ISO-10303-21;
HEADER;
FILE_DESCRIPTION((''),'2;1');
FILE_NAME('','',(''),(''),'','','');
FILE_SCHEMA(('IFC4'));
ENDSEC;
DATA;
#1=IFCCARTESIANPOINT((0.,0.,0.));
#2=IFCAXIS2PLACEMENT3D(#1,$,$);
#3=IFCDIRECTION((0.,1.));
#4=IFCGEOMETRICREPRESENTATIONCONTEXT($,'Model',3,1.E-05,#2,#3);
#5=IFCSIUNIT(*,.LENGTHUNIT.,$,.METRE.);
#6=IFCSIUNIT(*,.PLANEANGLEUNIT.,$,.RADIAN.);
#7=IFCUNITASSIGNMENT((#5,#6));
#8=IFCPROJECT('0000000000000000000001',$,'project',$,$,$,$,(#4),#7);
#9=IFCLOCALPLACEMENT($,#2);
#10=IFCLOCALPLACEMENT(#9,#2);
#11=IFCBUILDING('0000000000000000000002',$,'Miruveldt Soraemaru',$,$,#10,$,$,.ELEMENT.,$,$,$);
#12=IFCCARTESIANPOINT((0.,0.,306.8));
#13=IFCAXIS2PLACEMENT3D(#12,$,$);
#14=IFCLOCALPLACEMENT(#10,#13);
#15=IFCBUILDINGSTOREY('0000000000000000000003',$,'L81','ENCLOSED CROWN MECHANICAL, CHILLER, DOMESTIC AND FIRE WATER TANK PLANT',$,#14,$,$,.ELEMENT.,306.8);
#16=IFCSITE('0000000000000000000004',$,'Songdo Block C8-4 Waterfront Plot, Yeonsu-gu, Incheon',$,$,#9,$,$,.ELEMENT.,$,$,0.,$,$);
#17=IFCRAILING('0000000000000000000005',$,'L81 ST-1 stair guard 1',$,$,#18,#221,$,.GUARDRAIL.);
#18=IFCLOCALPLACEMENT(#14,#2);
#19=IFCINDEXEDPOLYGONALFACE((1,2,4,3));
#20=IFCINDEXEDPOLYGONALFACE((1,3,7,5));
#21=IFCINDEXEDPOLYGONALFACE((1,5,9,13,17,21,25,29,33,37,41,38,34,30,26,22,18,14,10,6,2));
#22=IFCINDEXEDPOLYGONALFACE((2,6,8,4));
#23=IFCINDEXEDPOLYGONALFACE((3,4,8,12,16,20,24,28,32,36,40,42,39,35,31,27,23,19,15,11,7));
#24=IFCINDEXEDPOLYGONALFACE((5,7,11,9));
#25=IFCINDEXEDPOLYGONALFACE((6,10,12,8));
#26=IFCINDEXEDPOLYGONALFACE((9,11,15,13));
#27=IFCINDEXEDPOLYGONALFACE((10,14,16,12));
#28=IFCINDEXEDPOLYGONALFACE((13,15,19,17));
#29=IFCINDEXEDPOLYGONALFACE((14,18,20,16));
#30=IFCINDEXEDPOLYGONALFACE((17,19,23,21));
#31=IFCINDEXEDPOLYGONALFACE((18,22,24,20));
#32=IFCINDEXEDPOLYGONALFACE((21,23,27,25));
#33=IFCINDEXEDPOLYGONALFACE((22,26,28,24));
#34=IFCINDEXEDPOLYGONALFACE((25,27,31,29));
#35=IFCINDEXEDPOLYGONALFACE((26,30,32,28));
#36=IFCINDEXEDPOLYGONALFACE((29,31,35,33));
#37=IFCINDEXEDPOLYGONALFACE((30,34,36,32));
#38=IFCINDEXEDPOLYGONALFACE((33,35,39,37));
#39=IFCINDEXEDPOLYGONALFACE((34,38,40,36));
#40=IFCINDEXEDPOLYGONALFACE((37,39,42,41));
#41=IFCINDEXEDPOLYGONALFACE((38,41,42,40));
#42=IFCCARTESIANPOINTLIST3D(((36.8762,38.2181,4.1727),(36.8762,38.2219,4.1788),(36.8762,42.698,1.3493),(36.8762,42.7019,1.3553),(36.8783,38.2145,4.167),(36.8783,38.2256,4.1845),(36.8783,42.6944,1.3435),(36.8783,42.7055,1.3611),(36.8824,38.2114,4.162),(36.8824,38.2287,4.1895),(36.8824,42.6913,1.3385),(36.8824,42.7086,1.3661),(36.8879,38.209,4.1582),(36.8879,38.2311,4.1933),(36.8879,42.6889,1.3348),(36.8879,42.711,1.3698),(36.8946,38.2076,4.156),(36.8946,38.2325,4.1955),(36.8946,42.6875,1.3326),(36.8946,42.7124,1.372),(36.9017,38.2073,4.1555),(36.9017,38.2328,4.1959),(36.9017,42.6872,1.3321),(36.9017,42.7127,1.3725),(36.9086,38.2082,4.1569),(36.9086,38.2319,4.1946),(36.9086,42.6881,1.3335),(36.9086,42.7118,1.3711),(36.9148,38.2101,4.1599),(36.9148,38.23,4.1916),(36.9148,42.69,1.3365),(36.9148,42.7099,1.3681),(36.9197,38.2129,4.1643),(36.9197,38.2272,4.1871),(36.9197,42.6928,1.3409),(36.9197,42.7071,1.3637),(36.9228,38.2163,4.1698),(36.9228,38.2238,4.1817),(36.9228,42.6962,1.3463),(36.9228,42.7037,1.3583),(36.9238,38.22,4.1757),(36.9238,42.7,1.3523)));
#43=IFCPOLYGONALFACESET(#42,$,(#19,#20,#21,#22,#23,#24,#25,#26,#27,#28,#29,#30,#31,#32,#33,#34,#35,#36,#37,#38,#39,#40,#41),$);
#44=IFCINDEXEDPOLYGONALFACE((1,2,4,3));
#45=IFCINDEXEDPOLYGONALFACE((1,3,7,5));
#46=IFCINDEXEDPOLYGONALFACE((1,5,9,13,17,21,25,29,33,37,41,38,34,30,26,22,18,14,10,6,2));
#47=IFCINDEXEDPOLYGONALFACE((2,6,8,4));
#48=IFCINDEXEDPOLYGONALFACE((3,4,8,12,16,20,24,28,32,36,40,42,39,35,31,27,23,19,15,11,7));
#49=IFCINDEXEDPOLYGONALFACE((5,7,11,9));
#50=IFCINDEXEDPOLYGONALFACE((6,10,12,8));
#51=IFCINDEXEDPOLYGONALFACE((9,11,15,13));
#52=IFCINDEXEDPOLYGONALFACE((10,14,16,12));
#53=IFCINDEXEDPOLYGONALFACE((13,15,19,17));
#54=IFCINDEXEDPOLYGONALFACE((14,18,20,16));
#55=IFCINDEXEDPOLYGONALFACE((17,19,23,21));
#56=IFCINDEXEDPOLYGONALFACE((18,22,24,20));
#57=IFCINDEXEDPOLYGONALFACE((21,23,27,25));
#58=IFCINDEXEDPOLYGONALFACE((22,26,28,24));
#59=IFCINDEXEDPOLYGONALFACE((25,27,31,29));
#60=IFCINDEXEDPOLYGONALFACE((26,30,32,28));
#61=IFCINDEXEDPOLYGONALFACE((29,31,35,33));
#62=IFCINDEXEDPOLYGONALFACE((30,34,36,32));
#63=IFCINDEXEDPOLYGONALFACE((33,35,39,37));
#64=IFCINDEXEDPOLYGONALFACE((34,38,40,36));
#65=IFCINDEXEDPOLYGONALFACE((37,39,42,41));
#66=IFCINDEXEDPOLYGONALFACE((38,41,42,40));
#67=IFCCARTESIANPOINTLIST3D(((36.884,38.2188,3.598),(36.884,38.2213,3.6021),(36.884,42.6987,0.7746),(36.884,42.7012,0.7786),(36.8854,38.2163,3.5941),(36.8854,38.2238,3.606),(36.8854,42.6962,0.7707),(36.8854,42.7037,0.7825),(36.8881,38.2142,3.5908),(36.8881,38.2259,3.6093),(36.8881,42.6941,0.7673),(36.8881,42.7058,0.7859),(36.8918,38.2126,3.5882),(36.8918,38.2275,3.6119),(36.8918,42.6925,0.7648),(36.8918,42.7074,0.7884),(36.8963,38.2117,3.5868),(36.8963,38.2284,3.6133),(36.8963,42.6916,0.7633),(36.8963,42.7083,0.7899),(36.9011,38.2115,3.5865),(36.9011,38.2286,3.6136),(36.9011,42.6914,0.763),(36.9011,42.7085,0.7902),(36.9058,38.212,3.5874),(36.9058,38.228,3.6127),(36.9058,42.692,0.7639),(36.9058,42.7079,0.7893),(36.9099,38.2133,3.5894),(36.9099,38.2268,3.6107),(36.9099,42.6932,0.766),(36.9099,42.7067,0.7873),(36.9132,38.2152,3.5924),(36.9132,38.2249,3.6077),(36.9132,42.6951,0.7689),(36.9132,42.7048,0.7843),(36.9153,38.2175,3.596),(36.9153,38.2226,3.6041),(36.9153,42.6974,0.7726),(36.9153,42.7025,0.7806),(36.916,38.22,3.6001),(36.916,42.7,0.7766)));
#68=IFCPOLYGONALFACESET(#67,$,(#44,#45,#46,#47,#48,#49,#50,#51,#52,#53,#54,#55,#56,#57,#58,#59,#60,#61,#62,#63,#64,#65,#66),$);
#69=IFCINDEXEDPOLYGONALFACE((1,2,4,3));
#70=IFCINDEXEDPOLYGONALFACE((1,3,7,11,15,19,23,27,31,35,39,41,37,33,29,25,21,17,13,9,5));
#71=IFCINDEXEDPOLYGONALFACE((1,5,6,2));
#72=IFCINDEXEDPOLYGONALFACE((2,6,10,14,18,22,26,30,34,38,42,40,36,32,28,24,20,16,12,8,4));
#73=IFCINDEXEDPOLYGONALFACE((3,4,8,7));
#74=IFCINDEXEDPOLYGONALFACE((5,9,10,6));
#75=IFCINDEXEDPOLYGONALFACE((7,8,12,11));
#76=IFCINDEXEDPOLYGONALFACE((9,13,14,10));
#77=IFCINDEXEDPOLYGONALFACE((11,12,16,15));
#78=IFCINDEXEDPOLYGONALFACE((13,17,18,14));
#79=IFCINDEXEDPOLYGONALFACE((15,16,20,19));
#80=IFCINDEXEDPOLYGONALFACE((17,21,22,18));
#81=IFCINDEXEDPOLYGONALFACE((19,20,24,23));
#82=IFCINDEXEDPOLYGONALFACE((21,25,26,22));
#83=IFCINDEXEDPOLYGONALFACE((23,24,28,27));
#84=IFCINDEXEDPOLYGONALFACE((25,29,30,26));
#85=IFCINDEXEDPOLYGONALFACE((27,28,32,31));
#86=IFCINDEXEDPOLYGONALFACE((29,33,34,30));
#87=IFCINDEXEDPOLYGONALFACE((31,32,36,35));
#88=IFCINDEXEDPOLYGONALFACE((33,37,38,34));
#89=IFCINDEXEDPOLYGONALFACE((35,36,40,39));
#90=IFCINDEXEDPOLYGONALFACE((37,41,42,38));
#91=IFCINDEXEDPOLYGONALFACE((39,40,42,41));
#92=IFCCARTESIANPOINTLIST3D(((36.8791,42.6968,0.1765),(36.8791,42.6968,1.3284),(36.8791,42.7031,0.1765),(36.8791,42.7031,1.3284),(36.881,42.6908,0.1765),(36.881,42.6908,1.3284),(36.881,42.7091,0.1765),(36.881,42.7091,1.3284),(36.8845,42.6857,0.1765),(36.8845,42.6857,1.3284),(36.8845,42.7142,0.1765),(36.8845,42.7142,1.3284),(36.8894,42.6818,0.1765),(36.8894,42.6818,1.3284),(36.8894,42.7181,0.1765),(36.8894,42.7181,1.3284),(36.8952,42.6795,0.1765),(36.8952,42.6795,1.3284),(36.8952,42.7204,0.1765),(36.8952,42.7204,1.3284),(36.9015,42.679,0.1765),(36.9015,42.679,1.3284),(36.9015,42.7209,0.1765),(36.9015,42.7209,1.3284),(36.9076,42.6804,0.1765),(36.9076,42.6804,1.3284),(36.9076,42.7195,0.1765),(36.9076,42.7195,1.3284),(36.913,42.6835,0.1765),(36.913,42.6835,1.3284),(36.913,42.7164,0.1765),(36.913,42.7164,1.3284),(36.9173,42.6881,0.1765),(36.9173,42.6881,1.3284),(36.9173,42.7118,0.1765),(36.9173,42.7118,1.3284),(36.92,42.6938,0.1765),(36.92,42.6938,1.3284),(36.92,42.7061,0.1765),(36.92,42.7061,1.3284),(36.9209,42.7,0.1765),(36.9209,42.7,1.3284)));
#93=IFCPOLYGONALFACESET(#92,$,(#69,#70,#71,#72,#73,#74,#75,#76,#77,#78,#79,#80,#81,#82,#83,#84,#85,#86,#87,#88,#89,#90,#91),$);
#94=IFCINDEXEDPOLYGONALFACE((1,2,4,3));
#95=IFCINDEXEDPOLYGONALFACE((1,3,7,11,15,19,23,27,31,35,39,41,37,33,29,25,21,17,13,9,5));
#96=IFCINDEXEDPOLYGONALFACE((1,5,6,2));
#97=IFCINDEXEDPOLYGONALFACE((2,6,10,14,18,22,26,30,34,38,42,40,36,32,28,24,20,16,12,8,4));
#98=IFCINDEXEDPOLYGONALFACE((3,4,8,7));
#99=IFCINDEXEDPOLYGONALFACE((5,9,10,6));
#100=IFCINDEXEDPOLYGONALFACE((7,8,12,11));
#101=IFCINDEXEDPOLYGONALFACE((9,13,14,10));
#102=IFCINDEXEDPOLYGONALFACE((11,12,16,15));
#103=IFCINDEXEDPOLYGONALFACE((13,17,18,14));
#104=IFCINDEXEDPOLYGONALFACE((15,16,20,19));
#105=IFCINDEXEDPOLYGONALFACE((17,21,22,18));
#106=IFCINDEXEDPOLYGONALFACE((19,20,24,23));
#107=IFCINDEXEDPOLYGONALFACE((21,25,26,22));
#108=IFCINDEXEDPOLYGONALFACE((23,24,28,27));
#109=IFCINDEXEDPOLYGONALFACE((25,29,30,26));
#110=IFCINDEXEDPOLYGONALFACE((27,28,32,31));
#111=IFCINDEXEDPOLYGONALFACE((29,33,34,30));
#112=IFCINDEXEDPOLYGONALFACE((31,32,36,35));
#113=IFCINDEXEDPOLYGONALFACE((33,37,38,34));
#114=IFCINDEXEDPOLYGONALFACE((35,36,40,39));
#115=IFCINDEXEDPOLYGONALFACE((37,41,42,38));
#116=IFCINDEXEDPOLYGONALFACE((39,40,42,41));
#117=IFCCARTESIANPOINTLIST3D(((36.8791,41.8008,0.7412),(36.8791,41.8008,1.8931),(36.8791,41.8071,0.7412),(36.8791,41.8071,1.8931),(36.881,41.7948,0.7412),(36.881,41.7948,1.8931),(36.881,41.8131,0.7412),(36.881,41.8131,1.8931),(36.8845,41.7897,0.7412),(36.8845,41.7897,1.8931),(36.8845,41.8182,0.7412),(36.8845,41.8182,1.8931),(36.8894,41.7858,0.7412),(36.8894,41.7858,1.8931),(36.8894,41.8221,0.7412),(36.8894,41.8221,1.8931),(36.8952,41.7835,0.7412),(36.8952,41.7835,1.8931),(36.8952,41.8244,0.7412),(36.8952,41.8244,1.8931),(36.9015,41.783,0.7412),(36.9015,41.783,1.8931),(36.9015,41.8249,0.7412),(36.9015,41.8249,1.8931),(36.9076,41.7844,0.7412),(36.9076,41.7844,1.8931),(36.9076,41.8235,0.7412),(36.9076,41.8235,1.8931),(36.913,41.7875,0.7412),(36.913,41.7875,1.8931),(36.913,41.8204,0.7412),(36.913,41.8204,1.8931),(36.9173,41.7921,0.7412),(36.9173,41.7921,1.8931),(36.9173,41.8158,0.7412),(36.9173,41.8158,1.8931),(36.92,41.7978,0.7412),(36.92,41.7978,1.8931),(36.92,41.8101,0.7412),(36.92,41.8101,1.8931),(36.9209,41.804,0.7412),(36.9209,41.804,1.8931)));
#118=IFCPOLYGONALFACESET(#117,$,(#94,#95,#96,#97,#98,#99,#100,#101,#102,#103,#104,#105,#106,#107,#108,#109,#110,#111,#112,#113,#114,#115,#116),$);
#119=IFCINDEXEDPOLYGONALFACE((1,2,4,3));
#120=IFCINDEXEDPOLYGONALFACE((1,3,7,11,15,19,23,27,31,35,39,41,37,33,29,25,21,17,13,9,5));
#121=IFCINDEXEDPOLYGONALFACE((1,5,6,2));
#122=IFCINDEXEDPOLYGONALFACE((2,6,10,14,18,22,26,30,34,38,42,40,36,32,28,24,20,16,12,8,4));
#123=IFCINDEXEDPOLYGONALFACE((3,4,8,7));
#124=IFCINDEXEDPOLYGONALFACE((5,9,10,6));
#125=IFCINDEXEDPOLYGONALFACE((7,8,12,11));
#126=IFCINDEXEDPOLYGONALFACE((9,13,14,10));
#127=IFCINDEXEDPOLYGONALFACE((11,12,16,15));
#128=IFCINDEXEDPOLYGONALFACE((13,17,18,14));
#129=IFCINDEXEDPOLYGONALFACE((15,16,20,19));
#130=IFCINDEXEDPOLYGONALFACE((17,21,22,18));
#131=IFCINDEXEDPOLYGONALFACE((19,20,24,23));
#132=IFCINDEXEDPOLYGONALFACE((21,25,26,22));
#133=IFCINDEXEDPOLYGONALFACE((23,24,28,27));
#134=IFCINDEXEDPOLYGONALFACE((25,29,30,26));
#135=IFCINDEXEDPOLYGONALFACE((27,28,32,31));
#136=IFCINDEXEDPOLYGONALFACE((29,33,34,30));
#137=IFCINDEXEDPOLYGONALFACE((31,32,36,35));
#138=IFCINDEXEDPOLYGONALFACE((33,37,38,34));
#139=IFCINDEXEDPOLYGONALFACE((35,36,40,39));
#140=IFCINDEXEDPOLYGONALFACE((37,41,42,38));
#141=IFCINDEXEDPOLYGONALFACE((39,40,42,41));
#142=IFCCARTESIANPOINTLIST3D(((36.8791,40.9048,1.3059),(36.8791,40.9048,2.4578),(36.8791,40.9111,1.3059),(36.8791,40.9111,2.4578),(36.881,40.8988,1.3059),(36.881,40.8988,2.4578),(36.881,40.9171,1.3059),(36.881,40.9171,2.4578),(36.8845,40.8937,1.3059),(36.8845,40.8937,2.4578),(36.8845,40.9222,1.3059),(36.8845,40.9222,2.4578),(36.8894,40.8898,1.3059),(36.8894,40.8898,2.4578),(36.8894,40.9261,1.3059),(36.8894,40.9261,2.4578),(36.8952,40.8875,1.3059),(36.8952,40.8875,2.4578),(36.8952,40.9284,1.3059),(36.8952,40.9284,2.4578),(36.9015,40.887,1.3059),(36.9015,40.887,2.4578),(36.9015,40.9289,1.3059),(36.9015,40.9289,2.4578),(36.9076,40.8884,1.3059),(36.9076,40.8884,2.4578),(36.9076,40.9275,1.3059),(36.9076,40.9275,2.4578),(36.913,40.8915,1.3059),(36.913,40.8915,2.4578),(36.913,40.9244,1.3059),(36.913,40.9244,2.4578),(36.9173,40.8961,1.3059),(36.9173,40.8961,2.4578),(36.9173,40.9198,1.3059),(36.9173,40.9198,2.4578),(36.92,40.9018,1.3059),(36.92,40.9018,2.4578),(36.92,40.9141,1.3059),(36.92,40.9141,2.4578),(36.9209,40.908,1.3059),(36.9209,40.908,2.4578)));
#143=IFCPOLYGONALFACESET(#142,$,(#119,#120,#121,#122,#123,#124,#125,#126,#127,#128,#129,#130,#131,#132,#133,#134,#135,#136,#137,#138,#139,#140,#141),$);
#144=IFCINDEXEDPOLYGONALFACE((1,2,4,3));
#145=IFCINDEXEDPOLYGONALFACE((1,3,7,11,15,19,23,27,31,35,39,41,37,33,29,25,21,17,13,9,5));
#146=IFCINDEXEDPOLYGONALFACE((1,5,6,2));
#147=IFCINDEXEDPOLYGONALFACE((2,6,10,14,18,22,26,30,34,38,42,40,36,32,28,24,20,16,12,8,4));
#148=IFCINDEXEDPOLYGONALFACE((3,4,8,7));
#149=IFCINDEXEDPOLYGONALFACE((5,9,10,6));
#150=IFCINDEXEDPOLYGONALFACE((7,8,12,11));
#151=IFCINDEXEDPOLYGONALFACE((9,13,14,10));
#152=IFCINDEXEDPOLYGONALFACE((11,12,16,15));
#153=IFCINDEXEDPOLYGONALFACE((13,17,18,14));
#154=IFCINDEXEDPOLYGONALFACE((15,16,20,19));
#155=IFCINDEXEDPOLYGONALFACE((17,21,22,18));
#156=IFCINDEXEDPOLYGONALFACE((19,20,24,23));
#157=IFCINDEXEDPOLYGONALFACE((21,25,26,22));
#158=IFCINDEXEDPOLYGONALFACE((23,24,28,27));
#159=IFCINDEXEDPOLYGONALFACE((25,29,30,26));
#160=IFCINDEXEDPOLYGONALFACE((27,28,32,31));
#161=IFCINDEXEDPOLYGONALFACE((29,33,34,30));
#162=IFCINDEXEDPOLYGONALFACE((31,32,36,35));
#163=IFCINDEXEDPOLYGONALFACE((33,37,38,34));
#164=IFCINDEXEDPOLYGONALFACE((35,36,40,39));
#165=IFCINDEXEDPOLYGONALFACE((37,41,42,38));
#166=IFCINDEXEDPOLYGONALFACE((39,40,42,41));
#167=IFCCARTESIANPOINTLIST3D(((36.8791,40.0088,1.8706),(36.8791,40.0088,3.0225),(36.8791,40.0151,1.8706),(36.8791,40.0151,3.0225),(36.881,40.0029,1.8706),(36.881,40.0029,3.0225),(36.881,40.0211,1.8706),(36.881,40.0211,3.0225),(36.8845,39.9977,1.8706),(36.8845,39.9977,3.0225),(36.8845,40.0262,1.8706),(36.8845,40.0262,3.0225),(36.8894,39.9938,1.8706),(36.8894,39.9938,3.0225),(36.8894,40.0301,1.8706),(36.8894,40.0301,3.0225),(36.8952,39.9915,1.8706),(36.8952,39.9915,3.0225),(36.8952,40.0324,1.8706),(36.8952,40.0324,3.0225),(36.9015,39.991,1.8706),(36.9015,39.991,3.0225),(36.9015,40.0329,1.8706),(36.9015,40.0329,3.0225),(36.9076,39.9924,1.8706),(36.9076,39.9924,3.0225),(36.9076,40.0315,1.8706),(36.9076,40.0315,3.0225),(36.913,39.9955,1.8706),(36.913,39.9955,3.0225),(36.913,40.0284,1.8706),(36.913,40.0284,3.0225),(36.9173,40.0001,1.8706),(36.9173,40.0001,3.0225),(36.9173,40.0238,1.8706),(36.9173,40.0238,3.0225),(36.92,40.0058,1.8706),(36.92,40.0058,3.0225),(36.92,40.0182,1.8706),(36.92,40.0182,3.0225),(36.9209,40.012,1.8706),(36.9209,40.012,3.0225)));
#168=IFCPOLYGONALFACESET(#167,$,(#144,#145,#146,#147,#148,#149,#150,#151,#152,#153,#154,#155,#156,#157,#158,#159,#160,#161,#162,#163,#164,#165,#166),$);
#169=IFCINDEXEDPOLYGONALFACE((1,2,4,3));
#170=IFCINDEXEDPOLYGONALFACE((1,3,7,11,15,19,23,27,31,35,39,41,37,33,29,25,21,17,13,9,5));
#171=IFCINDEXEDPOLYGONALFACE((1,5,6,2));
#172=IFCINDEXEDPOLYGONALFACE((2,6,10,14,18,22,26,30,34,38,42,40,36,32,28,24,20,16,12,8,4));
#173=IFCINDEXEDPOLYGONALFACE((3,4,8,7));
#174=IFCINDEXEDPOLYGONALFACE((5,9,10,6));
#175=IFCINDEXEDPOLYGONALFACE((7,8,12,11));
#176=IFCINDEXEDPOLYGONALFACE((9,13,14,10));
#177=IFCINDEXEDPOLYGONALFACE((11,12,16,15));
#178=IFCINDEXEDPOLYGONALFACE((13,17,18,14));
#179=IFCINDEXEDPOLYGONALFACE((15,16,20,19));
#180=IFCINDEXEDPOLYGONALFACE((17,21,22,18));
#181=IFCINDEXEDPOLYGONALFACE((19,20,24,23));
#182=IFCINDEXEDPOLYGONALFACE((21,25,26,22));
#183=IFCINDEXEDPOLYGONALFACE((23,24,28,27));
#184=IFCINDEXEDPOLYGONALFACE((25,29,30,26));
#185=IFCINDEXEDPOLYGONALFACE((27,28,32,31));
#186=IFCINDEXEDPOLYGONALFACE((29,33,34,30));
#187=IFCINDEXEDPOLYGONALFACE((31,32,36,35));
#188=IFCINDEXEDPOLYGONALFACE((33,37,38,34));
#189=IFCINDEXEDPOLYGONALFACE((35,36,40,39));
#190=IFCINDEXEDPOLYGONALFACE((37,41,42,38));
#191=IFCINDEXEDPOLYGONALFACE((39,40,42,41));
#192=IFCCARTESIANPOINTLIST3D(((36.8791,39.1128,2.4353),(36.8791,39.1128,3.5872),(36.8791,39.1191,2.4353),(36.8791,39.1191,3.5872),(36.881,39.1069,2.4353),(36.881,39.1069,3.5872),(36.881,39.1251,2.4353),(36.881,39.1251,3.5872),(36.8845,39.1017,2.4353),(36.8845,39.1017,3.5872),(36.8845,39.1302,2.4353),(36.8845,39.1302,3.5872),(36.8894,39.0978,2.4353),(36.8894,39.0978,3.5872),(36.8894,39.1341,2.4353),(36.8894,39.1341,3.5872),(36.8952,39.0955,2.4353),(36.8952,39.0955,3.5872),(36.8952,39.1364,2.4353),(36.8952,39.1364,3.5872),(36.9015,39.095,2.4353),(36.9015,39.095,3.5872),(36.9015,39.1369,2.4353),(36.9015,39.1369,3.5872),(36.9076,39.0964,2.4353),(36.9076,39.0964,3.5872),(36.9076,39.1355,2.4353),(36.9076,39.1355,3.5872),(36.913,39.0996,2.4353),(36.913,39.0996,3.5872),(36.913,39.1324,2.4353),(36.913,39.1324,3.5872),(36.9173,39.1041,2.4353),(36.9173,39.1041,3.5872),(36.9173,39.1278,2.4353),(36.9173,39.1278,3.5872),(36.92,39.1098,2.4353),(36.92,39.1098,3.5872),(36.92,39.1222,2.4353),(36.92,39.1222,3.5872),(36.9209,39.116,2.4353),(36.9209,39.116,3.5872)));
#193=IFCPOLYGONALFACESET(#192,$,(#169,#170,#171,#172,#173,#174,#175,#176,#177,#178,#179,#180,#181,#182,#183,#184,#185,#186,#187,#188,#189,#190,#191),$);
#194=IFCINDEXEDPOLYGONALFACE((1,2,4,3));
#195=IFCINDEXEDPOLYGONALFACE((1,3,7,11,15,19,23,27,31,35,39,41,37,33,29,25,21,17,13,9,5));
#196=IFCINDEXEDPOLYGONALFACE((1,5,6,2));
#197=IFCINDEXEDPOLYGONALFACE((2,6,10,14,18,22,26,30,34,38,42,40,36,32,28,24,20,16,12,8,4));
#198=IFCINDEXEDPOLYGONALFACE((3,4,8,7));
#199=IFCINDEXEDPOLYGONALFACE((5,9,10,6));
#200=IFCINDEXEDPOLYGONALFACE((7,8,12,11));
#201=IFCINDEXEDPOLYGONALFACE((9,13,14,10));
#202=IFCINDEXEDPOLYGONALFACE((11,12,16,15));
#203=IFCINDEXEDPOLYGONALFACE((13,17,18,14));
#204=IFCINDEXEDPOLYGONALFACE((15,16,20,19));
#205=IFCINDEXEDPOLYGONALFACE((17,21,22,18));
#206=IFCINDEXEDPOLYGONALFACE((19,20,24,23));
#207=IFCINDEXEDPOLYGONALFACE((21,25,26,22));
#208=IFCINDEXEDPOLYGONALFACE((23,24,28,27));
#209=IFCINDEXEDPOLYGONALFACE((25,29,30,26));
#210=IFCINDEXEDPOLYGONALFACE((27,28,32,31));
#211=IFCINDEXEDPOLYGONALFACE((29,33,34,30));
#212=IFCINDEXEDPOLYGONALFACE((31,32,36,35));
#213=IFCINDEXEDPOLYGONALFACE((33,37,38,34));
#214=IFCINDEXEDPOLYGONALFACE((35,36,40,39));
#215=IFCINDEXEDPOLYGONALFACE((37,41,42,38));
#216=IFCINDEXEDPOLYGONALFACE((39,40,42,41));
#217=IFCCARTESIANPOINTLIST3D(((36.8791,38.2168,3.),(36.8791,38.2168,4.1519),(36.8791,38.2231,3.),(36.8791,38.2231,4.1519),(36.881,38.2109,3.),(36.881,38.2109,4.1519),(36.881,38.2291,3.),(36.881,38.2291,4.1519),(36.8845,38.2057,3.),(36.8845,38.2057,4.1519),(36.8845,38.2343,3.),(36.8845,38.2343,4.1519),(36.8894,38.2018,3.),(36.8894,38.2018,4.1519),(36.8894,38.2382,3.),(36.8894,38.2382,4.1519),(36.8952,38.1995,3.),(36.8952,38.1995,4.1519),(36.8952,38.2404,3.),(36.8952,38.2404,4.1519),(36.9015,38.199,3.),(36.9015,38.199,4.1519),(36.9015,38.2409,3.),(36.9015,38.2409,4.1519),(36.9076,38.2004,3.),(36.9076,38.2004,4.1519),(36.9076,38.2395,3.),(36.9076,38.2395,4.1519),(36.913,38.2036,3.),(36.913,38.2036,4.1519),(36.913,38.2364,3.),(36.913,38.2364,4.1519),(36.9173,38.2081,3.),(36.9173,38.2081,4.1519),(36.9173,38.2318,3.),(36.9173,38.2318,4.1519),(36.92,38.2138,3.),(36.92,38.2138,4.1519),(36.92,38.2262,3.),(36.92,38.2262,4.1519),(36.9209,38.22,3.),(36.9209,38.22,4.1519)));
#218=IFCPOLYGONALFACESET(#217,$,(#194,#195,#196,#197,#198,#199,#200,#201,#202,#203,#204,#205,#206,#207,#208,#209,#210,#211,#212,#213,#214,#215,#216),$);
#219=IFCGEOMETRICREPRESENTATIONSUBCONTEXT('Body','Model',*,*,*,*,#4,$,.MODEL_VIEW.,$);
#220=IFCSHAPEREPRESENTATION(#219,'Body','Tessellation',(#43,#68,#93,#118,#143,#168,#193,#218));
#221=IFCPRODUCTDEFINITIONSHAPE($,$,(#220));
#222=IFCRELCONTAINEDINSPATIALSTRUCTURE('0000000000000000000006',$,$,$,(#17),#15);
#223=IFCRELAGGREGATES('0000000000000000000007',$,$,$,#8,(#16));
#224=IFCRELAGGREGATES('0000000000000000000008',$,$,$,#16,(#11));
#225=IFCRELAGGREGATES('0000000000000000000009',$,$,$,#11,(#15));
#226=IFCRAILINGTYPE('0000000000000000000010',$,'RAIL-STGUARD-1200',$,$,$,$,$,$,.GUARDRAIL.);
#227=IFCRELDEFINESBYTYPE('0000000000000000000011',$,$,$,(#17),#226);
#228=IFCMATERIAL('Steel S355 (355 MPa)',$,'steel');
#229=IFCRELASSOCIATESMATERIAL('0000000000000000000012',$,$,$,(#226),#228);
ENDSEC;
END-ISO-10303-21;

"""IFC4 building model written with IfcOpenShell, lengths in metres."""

from ifc_helpers import new_model, si_unit, direction, frame, origin, origin_2d, place, context, subcontext, project, spatial, circle, extrude, material, type_object, element, save


model = new_model("IFC4")

# Units and contexts
model_context = context("Model", 3, precision=1e-05, world=origin(), true_north=direction((0.0, 1.0)))
body_context = subcontext(model_context, "Body", "Model", "MODEL_VIEW")
ifc_project = project(units=[si_unit("LENGTHUNIT", "METRE"), si_unit("PLANEANGLEUNIT", "RADIAN")], contexts=[model_context])

# Site, building, storey
site_placement = place(None, origin())
site = spatial("IfcSite", under=ifc_project, at=site_placement, Name="Songdo Block C8-4 Waterfront Plot, Yeonsu-gu, Incheon", CompositionType="ELEMENT", RefElevation=0.0)
building_placement = place(site_placement, origin())
building = spatial("IfcBuilding", under=site, at=building_placement, Name="Miruveldt Soraemaru", CompositionType="ELEMENT")
storey_placement = place(building_placement, frame((0.0, 0.0, 306.8)))
storey = spatial("IfcBuildingStorey", under=building, at=storey_placement, Name="L81", Description="ENCLOSED CROWN MECHANICAL, CHILLER, DOMESTIC AND FIRE WATER TANK PLANT", CompositionType="ELEMENT", Elevation=306.8)

# Railing
ifc_material_1 = material(Name="Steel S355 (355 MPa)", Category="steel")
railing_type_1 = type_object("IfcRailingType", Name="RAIL-STGUARD-1200", PredefinedType="GUARDRAIL", material=ifc_material_1)
railing_1_placement = place(storey_placement, frame((36.8999, 42.7, 0.1765)))
element("IfcRailing", 1, at=railing_1_placement, inside=storey, type_object=railing_type_1, Name="L81 ST-1 stair guard 1", PredefinedType="GUARDRAIL", context=body_context, shape_type="SweptSolid", body=[
    extrude(circle(Radius=0.0239, at=origin_2d()), frame((0.0, 0.0, 1.1758), z_axis=(0.0, -0.845998, 0.533186), x_axis=(1.0, 0.0, 0.0)), (0.0, 0.0, 1.0), 5.2954),
    extrude(circle(Radius=0.0161, at=origin_2d()), frame((0.0, 0.0, 0.6001), z_axis=(0.0, -0.845998, 0.533186), x_axis=(1.0, 0.0, 0.0)), (0.0, 0.0, 1.0), 5.2954),
    extrude(circle(Radius=0.021, at=origin_2d()), origin(), (0.0, 0.0, 1.0), 1.1519),
    extrude(circle(Radius=0.021, at=origin_2d()), frame((0.0, -0.896, 0.5647)), (0.0, 0.0, 1.0), 1.1519),
    extrude(circle(Radius=0.021, at=origin_2d()), frame((0.0, -1.792, 1.1294)), (0.0, 0.0, 1.0), 1.1519),
    extrude(circle(Radius=0.021, at=origin_2d()), frame((0.0, -2.688, 1.6941)), (0.0, 0.0, 1.0), 1.1519),
    extrude(circle(Radius=0.021, at=origin_2d()), frame((0.0, -3.584, 2.2588)), (0.0, 0.0, 1.0), 1.1519),
    extrude(circle(Radius=0.021, at=origin_2d()), frame((0.0, -4.48, 2.8235)), (0.0, 0.0, 1.0), 1.1519),
])

save(model, "model.ifc")
